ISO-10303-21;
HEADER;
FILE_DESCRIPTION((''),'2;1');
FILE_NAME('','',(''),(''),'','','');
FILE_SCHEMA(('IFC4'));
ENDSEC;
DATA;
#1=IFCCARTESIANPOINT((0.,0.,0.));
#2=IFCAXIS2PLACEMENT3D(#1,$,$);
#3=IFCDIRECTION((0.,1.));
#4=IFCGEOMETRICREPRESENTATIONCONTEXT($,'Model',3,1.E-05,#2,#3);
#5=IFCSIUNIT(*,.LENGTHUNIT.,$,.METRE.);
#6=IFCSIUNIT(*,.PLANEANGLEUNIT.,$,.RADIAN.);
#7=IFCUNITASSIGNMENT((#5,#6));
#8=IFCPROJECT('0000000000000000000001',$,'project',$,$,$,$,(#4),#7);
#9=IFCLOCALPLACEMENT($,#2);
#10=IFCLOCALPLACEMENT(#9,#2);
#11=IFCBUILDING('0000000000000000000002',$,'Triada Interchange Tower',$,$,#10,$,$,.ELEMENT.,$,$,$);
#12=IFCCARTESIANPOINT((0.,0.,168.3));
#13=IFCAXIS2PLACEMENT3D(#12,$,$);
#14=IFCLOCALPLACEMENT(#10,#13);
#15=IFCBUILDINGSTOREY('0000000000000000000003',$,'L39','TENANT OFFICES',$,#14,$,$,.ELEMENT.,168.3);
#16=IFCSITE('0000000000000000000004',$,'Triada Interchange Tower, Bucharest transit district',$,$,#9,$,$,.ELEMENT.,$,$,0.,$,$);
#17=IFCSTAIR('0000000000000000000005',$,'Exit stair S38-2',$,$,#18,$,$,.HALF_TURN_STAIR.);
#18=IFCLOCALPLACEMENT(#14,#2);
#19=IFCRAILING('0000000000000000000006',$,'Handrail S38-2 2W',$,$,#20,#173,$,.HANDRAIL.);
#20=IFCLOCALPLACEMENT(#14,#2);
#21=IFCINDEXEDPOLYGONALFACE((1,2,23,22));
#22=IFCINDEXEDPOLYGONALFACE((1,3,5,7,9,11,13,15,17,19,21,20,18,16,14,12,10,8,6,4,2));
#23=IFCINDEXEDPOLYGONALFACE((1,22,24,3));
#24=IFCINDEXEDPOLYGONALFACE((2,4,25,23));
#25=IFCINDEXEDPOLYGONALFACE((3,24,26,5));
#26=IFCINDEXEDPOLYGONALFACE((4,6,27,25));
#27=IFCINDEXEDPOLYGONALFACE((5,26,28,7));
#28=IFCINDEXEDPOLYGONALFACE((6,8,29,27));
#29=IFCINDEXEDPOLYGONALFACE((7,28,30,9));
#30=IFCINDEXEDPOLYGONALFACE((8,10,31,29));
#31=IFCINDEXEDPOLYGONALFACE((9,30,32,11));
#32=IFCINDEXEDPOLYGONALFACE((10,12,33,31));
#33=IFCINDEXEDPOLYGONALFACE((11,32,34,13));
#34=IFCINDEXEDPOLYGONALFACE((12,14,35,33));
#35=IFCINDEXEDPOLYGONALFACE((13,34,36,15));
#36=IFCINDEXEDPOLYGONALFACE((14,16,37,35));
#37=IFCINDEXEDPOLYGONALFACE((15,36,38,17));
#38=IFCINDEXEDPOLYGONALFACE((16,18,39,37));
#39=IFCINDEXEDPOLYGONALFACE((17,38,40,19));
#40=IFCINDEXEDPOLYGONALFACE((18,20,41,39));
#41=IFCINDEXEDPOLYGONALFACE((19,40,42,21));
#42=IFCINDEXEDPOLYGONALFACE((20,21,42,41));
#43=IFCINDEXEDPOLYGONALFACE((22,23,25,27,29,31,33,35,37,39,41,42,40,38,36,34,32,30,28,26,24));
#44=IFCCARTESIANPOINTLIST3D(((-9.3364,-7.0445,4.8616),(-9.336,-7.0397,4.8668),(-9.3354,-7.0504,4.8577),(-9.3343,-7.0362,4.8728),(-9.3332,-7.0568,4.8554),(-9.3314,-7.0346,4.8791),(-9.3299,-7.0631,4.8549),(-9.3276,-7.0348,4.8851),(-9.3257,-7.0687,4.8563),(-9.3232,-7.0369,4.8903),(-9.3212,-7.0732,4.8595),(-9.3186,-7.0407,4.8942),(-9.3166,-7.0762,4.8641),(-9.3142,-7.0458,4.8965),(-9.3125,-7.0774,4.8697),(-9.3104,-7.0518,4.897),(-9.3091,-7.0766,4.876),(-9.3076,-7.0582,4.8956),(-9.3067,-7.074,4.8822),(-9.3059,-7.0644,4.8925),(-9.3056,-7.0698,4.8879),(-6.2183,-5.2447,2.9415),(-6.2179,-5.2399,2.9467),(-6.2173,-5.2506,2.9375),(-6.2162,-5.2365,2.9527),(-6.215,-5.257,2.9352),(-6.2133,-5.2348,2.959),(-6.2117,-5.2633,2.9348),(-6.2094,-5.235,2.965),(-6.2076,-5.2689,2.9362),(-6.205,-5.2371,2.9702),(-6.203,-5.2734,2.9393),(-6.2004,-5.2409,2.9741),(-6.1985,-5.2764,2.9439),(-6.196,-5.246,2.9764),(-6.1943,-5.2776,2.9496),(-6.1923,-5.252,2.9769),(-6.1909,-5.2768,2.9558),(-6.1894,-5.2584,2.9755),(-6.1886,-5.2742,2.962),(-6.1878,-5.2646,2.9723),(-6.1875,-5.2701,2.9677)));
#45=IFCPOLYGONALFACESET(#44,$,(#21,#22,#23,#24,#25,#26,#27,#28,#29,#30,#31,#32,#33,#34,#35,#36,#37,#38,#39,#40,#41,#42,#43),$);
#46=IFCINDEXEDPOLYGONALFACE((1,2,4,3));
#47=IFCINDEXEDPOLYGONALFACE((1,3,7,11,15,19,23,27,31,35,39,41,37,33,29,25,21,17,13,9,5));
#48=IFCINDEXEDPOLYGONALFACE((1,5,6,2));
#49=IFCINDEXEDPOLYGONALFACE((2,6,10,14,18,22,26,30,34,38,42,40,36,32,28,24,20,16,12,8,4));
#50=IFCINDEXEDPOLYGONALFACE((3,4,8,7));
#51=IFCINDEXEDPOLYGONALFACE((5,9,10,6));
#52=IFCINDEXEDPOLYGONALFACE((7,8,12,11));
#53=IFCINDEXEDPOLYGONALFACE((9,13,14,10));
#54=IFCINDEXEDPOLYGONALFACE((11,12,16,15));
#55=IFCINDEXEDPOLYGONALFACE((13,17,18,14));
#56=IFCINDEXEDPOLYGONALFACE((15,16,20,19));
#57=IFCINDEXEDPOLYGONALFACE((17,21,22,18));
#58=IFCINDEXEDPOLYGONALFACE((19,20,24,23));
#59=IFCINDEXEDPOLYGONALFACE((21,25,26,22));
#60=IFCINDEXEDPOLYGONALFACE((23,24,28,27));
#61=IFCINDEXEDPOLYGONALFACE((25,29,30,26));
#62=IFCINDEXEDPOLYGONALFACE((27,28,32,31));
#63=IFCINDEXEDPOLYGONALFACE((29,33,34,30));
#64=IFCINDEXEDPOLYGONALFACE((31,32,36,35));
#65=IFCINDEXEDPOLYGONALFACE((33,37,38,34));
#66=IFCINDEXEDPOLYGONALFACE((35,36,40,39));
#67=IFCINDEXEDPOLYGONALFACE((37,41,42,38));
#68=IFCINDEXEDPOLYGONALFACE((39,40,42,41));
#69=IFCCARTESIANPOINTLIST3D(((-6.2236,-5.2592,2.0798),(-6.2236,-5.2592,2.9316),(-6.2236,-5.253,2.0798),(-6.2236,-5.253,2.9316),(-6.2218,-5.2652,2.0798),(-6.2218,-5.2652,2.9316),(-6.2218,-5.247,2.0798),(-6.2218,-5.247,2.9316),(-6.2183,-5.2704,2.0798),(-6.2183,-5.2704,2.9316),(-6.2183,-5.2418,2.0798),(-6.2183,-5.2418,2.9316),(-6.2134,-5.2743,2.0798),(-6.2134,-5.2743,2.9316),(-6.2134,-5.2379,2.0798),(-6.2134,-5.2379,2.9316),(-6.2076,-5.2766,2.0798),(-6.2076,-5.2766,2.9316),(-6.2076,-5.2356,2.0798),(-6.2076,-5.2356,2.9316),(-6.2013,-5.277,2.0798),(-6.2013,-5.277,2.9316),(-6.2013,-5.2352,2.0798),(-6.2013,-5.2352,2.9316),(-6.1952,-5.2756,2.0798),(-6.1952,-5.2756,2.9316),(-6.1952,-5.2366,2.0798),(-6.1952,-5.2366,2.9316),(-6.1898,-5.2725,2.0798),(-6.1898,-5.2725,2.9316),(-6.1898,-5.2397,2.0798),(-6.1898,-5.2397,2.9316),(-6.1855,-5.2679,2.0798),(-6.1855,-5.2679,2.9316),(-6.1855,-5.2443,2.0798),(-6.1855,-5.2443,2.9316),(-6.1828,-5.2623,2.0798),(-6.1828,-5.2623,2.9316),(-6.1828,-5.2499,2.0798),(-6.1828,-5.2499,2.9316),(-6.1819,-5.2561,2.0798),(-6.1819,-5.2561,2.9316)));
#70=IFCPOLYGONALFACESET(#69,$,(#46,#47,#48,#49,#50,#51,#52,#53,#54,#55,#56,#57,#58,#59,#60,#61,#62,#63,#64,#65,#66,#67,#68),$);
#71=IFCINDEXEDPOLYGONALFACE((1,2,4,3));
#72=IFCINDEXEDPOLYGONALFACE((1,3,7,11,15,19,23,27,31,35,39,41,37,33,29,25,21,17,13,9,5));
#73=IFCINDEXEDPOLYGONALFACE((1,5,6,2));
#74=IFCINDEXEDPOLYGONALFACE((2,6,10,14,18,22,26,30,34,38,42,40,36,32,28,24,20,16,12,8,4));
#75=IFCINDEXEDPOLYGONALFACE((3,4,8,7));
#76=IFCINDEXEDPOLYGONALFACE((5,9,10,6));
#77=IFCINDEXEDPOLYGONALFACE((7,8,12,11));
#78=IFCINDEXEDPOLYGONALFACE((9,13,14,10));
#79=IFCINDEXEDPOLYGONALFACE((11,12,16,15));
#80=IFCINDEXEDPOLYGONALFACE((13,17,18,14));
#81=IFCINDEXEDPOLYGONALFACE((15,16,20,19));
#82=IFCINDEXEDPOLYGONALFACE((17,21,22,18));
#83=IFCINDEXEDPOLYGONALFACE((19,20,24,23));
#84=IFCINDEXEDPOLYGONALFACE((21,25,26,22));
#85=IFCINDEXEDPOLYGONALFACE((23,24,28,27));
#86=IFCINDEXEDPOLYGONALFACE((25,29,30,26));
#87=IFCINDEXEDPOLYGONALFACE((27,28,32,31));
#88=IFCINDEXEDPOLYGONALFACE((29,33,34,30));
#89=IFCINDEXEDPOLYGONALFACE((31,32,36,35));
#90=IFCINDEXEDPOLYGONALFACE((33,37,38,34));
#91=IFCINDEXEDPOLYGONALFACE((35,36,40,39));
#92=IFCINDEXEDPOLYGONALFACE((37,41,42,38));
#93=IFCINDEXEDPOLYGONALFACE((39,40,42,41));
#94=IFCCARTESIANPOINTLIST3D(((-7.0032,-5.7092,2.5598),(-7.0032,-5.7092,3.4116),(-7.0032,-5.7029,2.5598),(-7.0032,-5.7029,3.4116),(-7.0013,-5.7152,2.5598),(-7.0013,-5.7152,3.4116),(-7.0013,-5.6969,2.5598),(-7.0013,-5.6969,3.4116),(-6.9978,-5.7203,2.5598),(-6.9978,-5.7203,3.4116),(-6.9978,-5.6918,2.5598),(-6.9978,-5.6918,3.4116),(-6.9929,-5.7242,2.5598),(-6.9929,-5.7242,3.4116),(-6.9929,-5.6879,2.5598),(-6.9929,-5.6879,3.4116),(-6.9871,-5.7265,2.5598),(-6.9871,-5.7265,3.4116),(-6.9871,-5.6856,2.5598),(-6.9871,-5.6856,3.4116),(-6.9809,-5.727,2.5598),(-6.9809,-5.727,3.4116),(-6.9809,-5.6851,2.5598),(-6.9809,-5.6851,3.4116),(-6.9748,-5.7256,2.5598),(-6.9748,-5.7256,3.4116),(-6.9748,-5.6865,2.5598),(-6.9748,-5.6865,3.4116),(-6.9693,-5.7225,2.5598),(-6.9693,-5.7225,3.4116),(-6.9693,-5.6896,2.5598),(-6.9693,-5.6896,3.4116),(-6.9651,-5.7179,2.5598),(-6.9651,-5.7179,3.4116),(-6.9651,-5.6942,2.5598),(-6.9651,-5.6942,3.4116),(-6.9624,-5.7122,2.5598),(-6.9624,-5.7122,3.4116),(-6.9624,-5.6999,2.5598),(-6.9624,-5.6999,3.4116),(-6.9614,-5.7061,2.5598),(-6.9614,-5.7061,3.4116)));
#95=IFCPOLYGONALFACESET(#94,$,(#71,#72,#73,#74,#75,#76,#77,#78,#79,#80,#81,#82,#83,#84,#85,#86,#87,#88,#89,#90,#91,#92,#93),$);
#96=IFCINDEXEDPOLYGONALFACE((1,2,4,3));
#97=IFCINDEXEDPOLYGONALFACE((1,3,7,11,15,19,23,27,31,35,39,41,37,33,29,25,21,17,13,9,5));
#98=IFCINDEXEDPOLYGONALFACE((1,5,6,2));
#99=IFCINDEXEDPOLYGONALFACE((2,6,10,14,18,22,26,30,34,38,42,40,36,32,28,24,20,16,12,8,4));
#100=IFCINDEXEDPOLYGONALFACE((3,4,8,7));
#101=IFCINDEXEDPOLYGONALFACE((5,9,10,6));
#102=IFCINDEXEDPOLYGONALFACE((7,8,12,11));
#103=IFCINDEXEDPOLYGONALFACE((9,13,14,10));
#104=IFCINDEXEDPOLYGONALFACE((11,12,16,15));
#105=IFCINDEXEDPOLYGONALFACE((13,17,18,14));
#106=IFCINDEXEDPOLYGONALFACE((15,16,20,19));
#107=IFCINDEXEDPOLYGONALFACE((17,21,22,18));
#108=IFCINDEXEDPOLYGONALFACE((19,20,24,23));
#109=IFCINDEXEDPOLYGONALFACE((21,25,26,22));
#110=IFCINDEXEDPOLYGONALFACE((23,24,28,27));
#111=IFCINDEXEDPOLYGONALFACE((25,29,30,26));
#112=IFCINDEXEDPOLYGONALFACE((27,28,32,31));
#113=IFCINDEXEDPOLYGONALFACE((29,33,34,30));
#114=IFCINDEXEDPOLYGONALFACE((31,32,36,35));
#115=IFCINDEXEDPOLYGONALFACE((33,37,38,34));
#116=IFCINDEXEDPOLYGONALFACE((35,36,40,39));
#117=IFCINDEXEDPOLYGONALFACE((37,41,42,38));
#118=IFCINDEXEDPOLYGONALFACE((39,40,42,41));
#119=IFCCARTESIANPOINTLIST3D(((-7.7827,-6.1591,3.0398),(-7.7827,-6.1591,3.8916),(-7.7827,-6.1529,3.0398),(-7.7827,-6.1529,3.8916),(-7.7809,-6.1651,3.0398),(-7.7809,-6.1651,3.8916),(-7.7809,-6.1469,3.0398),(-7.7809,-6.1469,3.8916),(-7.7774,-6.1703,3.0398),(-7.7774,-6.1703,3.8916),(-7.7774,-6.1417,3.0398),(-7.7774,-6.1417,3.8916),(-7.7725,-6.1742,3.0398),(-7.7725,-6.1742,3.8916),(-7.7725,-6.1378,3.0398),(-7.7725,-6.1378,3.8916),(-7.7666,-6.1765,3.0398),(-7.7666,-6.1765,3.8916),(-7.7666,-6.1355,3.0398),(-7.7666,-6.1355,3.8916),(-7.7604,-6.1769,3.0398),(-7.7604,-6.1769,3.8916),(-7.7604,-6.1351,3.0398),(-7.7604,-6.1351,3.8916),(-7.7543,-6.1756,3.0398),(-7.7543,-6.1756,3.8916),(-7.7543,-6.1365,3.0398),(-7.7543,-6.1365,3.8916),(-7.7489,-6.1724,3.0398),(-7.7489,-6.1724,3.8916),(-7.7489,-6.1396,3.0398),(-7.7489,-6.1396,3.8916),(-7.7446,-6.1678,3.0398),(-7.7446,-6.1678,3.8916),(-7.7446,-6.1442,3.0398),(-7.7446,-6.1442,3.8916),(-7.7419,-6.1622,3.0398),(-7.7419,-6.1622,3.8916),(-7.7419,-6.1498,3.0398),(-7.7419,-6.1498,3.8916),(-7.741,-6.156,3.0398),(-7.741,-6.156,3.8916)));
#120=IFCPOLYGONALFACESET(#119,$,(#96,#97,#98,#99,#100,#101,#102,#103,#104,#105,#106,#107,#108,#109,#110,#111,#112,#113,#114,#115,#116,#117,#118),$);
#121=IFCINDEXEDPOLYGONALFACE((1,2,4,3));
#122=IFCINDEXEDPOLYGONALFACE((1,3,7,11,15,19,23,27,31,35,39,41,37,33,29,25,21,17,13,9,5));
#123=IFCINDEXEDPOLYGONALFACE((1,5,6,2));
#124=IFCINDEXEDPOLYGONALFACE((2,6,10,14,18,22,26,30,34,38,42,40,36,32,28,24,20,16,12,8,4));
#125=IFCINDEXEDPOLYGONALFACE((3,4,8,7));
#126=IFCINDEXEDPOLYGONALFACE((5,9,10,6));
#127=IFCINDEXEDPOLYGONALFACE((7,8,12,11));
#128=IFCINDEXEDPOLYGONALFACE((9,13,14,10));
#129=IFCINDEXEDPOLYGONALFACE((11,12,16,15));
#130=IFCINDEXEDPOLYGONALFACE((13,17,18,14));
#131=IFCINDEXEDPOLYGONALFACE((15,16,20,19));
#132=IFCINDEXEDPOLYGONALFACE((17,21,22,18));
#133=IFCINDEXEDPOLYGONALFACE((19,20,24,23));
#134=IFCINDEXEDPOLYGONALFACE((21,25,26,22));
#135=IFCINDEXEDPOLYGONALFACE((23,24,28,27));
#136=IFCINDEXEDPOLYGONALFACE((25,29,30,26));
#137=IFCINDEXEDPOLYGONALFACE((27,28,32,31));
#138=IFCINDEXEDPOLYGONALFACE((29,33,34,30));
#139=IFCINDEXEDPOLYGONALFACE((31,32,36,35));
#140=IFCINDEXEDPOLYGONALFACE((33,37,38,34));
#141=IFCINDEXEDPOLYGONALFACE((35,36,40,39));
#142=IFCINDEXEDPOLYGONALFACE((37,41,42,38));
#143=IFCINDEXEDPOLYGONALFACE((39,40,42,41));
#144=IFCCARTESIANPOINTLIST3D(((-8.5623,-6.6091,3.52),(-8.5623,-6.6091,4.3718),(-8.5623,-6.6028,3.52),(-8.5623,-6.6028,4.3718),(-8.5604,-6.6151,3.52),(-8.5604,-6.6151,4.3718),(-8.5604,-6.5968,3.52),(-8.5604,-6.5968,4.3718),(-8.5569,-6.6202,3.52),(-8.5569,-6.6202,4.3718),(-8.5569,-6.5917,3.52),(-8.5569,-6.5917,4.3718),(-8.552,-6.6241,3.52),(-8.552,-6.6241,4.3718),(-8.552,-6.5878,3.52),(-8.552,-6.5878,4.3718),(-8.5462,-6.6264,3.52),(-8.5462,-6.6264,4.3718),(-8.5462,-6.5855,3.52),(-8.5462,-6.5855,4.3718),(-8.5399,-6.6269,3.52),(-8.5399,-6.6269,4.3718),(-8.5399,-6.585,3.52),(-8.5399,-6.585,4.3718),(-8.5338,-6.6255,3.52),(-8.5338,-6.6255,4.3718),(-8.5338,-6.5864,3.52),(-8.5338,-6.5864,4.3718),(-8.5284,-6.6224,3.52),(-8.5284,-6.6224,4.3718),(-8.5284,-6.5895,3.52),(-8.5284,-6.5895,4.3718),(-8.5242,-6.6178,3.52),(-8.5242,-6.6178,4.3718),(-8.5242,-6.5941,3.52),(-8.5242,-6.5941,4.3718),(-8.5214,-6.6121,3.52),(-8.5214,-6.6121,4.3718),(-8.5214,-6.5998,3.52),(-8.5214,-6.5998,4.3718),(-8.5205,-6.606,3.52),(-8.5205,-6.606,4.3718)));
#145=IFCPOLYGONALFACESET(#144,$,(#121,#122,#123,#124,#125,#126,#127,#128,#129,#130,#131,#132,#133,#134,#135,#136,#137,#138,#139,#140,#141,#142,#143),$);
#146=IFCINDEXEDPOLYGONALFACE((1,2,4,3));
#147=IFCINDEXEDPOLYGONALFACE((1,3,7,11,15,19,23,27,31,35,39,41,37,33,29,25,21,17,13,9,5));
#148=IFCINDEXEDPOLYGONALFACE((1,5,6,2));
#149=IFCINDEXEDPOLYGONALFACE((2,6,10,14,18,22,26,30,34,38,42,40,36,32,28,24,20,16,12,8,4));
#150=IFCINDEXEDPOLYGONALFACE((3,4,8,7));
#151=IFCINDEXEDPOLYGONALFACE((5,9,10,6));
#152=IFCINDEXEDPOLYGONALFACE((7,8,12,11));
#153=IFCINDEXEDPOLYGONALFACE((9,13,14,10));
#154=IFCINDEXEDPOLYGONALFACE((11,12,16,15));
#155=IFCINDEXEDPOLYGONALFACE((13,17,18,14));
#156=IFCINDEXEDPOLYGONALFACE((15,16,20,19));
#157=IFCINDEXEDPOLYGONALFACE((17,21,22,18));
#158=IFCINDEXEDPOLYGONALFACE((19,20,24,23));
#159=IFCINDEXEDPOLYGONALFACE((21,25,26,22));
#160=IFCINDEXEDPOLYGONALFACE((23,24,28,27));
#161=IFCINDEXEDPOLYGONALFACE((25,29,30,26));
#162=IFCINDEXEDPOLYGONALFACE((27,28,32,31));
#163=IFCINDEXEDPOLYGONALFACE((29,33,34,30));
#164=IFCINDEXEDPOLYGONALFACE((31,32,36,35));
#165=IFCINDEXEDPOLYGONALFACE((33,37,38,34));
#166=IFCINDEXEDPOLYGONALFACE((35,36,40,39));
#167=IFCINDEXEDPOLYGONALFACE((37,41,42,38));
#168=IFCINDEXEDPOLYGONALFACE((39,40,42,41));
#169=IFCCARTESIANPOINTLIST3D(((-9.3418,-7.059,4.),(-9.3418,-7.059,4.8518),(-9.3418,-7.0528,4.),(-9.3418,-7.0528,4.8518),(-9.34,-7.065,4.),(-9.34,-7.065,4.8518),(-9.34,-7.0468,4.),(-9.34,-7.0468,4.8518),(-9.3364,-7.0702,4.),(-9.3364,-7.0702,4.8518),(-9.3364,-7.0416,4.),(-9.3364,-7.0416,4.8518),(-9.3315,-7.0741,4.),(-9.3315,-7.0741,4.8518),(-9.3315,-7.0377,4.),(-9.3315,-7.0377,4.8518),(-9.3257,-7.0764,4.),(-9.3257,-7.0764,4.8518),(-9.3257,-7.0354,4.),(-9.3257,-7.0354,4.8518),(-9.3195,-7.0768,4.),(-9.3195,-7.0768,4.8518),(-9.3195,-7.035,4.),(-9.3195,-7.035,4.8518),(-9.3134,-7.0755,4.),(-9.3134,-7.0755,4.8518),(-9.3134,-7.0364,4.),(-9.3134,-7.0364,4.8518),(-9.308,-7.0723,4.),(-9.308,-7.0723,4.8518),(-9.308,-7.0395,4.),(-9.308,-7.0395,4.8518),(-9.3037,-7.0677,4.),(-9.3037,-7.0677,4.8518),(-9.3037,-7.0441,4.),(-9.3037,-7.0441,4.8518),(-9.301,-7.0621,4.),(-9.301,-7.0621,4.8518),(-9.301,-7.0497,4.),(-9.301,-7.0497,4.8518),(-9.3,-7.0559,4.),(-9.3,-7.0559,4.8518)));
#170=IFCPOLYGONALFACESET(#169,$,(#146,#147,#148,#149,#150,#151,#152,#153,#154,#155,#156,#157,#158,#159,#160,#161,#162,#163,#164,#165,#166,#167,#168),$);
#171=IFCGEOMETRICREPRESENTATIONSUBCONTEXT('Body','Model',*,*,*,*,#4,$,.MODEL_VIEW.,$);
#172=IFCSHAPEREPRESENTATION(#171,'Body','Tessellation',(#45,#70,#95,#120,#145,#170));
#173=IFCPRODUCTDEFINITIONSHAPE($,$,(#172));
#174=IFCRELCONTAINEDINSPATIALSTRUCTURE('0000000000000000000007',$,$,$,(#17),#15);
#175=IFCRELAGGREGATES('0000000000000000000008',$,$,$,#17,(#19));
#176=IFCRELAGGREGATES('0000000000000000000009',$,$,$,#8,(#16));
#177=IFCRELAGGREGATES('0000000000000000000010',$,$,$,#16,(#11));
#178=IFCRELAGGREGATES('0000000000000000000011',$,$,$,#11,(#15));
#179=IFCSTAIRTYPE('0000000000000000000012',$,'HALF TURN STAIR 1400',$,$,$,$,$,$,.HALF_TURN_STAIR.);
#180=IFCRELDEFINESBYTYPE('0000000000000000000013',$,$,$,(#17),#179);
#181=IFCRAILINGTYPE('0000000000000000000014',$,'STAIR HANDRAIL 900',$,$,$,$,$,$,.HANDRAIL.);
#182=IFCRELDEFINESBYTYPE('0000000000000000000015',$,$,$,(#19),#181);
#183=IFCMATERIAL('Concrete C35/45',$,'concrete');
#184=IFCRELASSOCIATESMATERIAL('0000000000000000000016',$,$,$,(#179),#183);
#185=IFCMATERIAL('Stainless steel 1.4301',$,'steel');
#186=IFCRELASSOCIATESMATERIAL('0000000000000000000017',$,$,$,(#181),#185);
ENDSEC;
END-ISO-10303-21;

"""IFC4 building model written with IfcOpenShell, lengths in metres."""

from ifc_helpers import new_model, si_unit, direction, frame, origin, origin_2d, place, context, subcontext, project, spatial, circle, extrude, material, type_object, element, aggregate, save


model = new_model("IFC4")

# Units and contexts
model_context = context("Model", 3, precision=1e-05, world=origin(), true_north=direction((0.0, 1.0)))
body_context = subcontext(model_context, "Body", "Model", "MODEL_VIEW")
ifc_project = project(units=[si_unit("LENGTHUNIT", "METRE"), si_unit("PLANEANGLEUNIT", "RADIAN")], contexts=[model_context])

# Site, building, storey
site_placement = place(None, origin())
site = spatial("IfcSite", under=ifc_project, at=site_placement, Name="Triada Interchange Tower, Bucharest transit district", CompositionType="ELEMENT", RefElevation=0.0)
building_placement = place(site_placement, origin())
building = spatial("IfcBuilding", under=site, at=building_placement, Name="Triada Interchange Tower", CompositionType="ELEMENT")
storey_placement = place(building_placement, frame((0.0, 0.0, 168.3)))
storey = spatial("IfcBuildingStorey", under=building, at=storey_placement, Name="L39", Description="TENANT OFFICES", CompositionType="ELEMENT", Elevation=168.3)

# Stair, railing
ifc_material_1 = material(Name="Concrete C35/45", Category="concrete")
stair_type = type_object("IfcStairType", Name="HALF TURN STAIR 1400", PredefinedType="HALF_TURN_STAIR", material=ifc_material_1)
stair_placement = place(storey_placement, origin())
stair = element("IfcStair", 1, at=stair_placement, inside=storey, type_object=stair_type, Name="Exit stair S38-2", PredefinedType="HALF_TURN_STAIR")
ifc_material_2 = material(Name="Stainless steel 1.4301", Category="steel")
railing_type = type_object("IfcRailingType", Name="STAIR HANDRAIL 900", PredefinedType="HANDRAIL", material=ifc_material_2)
railing_1_placement = place(storey_placement, frame((-6.2029, -5.2561, 2.0798)))
railing_1 = element("IfcRailing", 2, at=railing_1_placement, type_object=railing_type, Name="Handrail S38-2 2W", PredefinedType="HANDRAIL", context=body_context, shape_type="SweptSolid", body=[
    extrude(circle(Radius=0.0239, at=origin_2d()), frame((0.0, 0.0, 0.876), z_axis=(-0.76419, -0.44109, 0.470588), x_axis=(0.499902, -0.866082, 0.0)), (0.0, 0.0, 1.0), 4.0803),
    extrude(circle(Radius=0.021, at=origin_2d()), origin(), (0.0, 0.0, 1.0), 0.8518),
    extrude(circle(Radius=0.021, at=origin_2d()), frame((-0.7795, -0.45, 0.48)), (0.0, 0.0, 1.0), 0.8518),
    extrude(circle(Radius=0.021, at=origin_2d()), frame((-1.5591, -0.8999, 0.96)), (0.0, 0.0, 1.0), 0.8518),
    extrude(circle(Radius=0.021, at=origin_2d()), frame((-2.3386, -1.3499, 1.4402)), (0.0, 0.0, 1.0), 0.8518),
    extrude(circle(Radius=0.021, at=origin_2d()), frame((-3.1182, -1.7998, 1.9202)), (0.0, 0.0, 1.0), 0.8518),
])
aggregate(stair, [railing_1])

save(model, "model.ifc")
